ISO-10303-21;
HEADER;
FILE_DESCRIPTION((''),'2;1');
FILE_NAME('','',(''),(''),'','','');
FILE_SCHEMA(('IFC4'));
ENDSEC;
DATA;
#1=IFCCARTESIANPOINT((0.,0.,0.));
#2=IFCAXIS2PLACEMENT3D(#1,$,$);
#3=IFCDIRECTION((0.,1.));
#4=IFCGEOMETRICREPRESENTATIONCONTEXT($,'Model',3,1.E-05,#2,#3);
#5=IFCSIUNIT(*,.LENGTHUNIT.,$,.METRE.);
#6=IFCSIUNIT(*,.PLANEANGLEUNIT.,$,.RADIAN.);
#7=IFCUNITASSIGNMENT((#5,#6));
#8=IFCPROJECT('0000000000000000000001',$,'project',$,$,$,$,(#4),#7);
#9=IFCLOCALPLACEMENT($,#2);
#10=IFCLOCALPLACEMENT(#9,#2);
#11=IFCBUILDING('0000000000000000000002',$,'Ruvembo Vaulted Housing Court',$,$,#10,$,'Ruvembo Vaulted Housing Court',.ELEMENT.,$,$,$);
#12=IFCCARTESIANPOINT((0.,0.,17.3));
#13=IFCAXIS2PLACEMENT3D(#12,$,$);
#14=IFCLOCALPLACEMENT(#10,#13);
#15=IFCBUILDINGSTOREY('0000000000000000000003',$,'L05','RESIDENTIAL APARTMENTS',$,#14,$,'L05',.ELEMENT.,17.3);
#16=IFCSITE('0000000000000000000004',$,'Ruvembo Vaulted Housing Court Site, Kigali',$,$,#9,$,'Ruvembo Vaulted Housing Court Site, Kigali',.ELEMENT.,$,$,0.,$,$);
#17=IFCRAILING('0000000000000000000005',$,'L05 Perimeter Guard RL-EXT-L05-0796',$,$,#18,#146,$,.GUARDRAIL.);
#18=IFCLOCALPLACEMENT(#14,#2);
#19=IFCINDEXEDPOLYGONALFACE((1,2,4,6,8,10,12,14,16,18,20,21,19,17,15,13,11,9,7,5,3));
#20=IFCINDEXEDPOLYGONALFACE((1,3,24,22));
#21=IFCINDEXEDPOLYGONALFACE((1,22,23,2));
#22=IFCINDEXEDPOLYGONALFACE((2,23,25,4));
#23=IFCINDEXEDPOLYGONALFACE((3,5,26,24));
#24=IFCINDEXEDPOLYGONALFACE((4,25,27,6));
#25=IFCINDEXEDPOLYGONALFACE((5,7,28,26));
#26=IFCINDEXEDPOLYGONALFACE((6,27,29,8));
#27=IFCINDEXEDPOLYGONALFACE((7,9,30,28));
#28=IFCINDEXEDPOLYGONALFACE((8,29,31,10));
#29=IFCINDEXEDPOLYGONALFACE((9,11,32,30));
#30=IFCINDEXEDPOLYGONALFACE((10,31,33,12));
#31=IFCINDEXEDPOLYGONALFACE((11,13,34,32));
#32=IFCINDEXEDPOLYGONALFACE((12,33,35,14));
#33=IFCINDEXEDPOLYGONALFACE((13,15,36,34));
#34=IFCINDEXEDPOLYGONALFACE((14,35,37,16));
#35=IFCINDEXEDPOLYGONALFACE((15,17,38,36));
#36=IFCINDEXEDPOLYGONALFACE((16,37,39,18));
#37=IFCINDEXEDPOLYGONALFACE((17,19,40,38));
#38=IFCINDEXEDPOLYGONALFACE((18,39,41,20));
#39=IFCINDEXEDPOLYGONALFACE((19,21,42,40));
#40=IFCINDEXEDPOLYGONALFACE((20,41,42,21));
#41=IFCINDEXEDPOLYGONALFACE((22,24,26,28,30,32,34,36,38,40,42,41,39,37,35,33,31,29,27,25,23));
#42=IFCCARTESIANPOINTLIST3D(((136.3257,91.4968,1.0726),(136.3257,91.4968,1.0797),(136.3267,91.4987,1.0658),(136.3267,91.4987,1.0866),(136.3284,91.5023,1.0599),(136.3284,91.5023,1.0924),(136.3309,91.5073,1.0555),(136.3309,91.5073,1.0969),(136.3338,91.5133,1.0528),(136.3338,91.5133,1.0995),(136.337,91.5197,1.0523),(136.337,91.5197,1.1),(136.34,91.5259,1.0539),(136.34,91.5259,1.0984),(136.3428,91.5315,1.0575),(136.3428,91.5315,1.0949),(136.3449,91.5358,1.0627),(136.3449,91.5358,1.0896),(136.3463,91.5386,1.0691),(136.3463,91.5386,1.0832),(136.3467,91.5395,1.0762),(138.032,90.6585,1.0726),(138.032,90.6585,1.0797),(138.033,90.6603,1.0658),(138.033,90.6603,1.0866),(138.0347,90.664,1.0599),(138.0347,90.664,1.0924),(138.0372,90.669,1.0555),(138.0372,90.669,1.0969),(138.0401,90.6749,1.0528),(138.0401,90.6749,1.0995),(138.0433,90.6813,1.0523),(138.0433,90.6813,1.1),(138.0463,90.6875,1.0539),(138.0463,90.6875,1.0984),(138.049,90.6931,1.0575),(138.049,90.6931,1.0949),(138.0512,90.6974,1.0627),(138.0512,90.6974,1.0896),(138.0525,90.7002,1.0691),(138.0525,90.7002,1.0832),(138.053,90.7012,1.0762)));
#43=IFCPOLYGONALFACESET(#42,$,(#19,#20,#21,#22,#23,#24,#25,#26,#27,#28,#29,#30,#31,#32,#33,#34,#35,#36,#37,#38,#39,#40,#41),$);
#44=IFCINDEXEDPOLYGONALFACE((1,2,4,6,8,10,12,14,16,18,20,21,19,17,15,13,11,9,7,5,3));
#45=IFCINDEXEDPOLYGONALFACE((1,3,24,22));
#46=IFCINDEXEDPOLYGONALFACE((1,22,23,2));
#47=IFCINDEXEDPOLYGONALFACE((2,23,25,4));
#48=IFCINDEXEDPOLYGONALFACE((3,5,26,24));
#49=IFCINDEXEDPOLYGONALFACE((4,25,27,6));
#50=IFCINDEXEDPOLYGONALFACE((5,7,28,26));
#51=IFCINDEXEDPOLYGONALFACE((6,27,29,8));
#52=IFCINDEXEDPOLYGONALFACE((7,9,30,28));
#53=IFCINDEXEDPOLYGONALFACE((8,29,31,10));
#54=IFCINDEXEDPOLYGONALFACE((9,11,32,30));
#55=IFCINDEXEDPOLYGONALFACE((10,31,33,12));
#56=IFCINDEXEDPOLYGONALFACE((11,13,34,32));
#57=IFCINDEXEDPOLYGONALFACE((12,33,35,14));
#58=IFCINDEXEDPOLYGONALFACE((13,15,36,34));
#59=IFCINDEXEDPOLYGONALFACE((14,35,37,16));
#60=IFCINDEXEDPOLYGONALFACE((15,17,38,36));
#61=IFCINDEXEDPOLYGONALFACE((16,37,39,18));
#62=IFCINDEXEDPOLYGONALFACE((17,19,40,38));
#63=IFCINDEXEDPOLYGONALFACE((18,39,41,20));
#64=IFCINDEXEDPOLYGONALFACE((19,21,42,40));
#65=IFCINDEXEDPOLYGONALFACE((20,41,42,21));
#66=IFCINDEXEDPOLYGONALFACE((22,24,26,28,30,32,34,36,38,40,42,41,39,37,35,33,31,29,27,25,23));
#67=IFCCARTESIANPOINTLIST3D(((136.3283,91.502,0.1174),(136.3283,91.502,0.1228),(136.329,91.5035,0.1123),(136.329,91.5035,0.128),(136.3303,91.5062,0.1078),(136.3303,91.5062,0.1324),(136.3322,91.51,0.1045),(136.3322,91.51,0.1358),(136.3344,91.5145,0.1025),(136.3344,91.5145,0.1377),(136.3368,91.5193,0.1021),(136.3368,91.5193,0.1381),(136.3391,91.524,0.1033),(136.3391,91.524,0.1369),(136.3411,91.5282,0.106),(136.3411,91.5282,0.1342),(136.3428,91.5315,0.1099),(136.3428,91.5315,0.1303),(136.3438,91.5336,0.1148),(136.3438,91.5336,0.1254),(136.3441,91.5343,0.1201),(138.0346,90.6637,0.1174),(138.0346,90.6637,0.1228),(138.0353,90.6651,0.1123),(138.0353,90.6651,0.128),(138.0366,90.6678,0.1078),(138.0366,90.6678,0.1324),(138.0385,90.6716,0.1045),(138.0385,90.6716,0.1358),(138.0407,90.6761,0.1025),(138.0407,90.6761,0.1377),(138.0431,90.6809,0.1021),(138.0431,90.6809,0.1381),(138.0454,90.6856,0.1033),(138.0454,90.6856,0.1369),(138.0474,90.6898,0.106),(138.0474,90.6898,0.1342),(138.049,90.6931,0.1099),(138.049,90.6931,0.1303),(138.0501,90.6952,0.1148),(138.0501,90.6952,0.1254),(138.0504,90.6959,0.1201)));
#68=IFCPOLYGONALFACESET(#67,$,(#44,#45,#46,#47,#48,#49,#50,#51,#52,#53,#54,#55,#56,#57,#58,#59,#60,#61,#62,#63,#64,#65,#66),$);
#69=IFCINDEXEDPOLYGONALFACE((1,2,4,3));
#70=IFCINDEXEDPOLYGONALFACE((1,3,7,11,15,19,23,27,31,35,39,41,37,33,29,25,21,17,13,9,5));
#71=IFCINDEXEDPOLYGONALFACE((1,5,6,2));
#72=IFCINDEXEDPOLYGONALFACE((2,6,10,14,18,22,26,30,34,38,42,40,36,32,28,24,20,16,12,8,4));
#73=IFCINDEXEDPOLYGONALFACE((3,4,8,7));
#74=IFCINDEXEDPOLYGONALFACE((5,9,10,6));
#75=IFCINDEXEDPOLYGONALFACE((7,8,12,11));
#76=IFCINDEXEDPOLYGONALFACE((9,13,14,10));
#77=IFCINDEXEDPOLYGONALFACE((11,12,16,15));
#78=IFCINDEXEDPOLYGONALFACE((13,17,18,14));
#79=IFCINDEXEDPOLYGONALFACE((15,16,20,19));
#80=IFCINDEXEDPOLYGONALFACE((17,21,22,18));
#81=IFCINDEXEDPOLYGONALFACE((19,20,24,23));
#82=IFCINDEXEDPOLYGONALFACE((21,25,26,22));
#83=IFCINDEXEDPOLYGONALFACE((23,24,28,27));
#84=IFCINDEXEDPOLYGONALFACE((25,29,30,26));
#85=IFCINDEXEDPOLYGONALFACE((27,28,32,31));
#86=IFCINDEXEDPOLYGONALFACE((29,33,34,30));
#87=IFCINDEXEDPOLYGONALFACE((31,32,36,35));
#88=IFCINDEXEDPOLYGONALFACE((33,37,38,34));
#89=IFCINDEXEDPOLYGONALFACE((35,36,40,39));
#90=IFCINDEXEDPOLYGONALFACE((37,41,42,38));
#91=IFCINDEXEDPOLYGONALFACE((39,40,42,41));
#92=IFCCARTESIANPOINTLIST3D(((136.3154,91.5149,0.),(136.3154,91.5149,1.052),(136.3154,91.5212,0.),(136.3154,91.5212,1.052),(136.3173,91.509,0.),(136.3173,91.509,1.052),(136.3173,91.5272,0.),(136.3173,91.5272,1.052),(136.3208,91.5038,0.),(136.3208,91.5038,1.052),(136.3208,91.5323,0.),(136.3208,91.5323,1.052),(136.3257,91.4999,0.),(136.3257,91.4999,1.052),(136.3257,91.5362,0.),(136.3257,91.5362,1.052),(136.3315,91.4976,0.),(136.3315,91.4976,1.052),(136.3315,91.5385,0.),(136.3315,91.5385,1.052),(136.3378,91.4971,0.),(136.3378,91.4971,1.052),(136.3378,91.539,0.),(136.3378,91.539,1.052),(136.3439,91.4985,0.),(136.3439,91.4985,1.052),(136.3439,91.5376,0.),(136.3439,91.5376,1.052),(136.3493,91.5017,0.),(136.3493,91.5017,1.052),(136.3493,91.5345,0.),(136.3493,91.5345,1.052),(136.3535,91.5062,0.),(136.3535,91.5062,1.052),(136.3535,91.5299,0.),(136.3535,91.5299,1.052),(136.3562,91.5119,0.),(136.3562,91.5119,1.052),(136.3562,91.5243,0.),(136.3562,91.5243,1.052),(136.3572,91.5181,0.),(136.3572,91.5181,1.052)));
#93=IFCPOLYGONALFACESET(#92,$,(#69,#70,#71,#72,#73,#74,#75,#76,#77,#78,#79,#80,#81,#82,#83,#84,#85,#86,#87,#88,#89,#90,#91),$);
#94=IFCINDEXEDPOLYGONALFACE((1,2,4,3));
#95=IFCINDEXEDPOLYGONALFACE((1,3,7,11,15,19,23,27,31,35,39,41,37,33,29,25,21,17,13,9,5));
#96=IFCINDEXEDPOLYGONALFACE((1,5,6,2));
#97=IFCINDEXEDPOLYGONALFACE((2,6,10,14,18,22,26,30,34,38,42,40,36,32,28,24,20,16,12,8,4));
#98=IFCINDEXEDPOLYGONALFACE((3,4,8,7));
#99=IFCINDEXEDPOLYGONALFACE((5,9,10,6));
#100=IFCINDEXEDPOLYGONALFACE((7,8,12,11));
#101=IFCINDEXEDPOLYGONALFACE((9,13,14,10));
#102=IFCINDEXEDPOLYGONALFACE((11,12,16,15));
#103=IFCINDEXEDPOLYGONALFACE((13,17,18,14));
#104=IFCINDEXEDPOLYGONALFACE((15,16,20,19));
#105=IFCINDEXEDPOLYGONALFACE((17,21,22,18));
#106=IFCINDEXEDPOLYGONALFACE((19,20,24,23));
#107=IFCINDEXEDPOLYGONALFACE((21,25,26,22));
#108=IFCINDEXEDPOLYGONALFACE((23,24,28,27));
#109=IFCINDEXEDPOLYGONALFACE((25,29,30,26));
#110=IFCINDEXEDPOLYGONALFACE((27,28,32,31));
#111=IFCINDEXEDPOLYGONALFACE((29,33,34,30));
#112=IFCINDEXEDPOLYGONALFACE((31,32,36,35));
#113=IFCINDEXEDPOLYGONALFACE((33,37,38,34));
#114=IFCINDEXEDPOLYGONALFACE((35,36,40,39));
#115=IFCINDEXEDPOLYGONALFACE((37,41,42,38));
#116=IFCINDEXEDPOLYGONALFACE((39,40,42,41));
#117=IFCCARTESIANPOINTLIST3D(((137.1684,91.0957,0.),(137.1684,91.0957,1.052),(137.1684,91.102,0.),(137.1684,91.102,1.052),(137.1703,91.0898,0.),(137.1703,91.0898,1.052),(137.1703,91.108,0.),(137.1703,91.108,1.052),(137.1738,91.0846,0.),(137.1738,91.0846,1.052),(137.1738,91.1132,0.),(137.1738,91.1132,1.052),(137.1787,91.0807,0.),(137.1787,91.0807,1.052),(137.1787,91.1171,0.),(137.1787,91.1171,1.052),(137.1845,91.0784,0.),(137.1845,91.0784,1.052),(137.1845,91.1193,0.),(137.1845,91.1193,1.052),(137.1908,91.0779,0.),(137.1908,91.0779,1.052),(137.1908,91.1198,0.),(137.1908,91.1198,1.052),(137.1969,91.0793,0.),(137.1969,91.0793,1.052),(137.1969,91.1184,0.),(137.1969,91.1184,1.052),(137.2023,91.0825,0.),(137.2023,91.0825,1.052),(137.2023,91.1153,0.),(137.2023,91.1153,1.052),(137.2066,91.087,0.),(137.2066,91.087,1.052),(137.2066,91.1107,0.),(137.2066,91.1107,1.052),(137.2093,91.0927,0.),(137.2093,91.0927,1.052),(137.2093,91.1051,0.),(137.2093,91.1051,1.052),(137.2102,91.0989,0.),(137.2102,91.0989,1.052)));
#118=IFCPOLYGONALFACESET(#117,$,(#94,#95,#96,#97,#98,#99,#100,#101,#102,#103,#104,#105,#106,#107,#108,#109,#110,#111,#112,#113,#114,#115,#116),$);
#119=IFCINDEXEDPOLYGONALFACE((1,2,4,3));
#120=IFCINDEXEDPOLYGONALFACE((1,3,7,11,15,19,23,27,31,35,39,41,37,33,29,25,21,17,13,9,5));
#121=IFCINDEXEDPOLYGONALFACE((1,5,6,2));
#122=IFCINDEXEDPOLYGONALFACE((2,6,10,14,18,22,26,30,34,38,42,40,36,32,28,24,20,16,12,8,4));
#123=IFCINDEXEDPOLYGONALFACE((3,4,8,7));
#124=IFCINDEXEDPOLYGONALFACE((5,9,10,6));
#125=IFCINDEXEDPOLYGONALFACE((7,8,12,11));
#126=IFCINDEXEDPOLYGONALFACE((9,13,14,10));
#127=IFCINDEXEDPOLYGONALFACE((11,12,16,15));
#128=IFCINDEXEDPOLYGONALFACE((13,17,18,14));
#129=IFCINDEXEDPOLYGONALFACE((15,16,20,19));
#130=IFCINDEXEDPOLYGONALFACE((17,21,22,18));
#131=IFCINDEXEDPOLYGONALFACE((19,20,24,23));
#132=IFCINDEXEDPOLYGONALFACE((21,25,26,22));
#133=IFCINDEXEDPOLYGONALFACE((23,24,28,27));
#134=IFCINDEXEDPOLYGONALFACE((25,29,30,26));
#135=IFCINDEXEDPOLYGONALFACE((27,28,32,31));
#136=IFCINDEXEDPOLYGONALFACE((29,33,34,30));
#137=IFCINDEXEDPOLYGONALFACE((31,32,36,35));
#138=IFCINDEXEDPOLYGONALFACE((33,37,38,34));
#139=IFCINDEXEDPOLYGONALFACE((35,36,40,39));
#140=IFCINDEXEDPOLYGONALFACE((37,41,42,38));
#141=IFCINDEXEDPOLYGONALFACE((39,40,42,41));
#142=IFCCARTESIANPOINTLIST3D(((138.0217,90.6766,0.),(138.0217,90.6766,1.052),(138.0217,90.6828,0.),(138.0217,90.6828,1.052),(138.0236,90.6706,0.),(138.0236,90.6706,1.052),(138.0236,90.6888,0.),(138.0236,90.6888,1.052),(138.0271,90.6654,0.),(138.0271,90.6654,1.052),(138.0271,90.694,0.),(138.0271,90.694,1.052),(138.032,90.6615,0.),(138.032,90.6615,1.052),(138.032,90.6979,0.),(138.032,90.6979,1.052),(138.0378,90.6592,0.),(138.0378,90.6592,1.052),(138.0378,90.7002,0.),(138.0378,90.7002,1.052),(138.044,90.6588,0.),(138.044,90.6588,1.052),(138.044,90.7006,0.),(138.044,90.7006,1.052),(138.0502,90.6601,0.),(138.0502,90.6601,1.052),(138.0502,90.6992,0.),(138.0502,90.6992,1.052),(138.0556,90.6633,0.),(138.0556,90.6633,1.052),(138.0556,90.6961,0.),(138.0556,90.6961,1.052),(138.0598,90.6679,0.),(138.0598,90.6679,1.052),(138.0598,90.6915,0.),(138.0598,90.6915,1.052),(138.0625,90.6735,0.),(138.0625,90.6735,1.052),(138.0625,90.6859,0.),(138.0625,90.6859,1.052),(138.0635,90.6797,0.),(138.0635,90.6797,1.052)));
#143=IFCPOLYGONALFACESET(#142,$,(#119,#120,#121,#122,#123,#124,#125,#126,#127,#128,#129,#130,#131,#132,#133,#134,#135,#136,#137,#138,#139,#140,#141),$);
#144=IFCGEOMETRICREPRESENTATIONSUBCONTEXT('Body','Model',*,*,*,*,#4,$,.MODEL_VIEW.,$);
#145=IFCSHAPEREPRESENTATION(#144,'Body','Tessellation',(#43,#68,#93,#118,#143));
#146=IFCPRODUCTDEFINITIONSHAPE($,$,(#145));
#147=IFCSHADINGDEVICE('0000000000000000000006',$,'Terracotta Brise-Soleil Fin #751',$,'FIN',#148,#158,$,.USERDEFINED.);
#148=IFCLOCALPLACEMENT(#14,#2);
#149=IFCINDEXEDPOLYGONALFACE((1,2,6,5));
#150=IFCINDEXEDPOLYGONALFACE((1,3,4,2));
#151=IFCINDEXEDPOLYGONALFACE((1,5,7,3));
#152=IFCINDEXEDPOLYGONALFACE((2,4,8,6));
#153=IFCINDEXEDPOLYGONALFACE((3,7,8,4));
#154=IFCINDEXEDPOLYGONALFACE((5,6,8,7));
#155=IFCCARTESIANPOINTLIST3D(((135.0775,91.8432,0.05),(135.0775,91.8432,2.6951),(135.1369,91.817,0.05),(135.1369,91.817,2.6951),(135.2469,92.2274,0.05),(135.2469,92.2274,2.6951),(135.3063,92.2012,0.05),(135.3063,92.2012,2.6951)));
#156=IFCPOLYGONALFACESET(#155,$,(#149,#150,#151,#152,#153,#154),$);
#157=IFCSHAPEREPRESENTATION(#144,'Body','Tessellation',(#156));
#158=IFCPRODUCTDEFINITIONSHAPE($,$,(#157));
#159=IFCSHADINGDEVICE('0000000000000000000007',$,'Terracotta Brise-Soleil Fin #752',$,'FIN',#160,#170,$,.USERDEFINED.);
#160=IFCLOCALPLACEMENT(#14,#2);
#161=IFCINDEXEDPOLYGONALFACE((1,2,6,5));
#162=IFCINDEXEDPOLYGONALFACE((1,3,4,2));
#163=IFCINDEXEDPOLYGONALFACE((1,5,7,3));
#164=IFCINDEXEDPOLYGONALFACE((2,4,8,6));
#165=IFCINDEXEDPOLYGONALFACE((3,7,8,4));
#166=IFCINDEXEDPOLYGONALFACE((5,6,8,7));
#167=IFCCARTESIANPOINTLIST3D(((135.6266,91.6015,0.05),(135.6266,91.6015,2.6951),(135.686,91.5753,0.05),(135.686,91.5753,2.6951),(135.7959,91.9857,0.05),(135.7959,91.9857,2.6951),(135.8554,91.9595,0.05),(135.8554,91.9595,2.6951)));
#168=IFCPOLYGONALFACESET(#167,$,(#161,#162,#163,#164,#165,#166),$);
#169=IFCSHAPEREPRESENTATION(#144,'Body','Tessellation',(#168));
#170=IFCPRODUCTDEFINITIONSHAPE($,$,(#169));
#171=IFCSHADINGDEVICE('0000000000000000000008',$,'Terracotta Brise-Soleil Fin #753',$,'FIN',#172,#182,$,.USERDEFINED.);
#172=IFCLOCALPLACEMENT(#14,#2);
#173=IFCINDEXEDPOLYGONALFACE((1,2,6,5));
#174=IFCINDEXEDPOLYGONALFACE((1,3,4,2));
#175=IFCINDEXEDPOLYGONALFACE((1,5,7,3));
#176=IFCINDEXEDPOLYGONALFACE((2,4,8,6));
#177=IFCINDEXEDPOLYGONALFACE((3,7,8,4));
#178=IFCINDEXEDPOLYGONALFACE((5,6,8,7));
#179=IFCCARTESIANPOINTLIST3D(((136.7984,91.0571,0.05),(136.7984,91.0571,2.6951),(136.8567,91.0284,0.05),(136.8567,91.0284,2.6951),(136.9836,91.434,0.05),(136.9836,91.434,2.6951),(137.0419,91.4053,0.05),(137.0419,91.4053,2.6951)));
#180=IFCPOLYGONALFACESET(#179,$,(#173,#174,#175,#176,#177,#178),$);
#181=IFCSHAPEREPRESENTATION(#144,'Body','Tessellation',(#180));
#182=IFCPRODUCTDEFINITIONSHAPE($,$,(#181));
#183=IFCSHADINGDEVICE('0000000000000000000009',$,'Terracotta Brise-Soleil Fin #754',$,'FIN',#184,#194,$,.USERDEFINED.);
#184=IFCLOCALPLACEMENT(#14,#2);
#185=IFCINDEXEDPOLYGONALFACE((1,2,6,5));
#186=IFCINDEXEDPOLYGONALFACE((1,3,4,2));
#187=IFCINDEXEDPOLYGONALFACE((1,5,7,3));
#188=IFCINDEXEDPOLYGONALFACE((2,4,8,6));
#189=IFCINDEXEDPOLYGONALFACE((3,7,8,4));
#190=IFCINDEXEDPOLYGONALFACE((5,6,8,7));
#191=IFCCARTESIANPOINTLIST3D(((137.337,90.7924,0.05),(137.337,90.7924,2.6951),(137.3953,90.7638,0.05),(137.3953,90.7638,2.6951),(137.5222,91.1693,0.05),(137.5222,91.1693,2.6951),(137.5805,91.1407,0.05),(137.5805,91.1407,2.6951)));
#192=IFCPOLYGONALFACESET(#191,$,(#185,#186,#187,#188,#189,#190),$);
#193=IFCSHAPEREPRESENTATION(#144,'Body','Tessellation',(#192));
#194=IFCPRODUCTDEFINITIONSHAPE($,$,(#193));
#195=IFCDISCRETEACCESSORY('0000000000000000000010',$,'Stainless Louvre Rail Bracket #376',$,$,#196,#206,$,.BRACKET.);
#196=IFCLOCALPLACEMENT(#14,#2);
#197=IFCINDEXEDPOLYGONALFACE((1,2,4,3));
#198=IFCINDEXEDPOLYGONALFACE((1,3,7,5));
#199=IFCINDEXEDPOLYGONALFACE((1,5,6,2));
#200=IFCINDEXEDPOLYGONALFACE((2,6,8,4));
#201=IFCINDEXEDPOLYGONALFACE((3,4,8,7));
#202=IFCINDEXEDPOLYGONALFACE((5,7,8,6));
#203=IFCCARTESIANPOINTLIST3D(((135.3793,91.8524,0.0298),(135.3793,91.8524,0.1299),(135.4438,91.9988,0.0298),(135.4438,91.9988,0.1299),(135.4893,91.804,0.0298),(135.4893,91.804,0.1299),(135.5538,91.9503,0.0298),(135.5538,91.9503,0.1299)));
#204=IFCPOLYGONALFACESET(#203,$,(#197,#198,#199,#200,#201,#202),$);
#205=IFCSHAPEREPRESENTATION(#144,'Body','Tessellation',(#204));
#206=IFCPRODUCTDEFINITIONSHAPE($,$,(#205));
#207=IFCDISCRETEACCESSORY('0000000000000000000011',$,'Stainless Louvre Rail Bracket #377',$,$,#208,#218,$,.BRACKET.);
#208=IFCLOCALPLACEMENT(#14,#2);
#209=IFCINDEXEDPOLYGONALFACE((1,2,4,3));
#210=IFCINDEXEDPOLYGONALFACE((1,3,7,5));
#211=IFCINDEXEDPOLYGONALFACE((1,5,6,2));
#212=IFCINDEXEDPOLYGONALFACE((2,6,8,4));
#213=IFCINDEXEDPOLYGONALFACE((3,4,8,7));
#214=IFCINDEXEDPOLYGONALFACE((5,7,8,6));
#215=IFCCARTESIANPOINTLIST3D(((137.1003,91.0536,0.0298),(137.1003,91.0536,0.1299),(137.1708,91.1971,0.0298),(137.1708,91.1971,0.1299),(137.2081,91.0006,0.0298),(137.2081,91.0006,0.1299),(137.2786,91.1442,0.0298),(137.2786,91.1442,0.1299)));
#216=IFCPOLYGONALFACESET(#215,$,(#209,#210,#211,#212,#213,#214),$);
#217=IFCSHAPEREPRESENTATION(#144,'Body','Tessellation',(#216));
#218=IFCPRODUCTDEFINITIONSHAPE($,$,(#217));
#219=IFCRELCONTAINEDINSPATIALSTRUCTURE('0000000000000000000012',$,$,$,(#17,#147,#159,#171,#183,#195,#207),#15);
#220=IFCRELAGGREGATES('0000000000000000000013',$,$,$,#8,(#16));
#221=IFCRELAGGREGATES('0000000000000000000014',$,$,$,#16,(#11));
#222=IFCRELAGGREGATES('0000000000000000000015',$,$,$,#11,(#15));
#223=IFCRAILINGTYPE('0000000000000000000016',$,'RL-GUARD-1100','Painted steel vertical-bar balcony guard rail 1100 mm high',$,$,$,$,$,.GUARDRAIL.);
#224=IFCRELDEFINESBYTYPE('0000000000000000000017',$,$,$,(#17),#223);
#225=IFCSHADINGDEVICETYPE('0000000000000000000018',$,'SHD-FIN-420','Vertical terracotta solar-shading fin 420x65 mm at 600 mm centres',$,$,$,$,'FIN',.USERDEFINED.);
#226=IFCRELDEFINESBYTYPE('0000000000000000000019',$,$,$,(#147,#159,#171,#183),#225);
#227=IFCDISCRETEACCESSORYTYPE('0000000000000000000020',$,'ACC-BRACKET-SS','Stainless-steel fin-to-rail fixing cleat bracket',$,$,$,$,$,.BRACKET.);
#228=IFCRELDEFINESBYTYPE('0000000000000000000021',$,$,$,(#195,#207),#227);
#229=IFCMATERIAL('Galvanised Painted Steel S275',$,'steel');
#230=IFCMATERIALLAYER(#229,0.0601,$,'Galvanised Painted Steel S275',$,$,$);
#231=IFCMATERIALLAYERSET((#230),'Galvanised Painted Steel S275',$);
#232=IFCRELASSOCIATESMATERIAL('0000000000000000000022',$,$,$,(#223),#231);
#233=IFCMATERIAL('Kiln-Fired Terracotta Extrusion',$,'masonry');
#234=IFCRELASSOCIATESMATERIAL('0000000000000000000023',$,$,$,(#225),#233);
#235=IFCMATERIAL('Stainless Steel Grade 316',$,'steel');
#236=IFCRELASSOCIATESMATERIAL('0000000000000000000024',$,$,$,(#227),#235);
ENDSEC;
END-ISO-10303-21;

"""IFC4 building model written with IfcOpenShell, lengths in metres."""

from ifc_helpers import new_model, si_unit, direction, frame, origin, origin_2d, place, context, subcontext, project, spatial, rectangle, circle, extrude, material, layer, layer_set, type_object, element, save


model = new_model("IFC4")

# Units and contexts
model_context = context("Model", 3, precision=1e-05, world=origin(), true_north=direction((0.0, 1.0)))
body_context = subcontext(model_context, "Body", "Model", "MODEL_VIEW")
ifc_project = project(units=[si_unit("LENGTHUNIT", "METRE"), si_unit("PLANEANGLEUNIT", "RADIAN")], contexts=[model_context])

# Site, building, storey
site_placement = place(None, origin())
site = spatial("IfcSite", under=ifc_project, at=site_placement, Name="Ruvembo Vaulted Housing Court Site, Kigali", LongName="Ruvembo Vaulted Housing Court Site, Kigali", CompositionType="ELEMENT", RefElevation=0.0)
building_placement = place(site_placement, origin())
building = spatial("IfcBuilding", under=site, at=building_placement, Name="Ruvembo Vaulted Housing Court", LongName="Ruvembo Vaulted Housing Court", CompositionType="ELEMENT")
storey_placement = place(building_placement, frame((0.0, 0.0, 17.3)))
storey = spatial("IfcBuildingStorey", under=building, at=storey_placement, Name="L05", Description="RESIDENTIAL APARTMENTS", LongName="L05", CompositionType="ELEMENT", Elevation=17.3)

# Railing
ifc_material_1 = material(Name="Galvanised Painted Steel S275", Category="steel")
ifc_layer_1 = layer(ifc_material_1, 0.0601, Name="Galvanised Painted Steel S275")
ifc_layer_set_1 = layer_set([ifc_layer_1], Name="Galvanised Painted Steel S275")
railing_type = type_object("IfcRailingType", Name="RL-GUARD-1100", Description="Painted steel vertical-bar balcony guard rail 1100 mm high", PredefinedType="GUARDRAIL", material=ifc_layer_set_1)
railing_1_placement = place(storey_placement, frame((136.3362, 91.5181, 0.0)))
element("IfcRailing", 1, at=railing_1_placement, inside=storey, type_object=railing_type, Name="L05 Perimeter Guard RL-EXT-L05-0796", PredefinedType="GUARDRAIL", context=body_context, shape_type="SweptSolid", body=[
    extrude(circle(Radius=0.0239, at=origin_2d()), frame((0.0, 0.0, 1.0762), z_axis=(0.897513, -0.440987, 0.0), x_axis=(0.440987, 0.897513, 0.0)), (0.0, 0.0, 1.0), 1.9011),
    extrude(circle(Radius=0.0181, at=origin_2d()), frame((0.0, 0.0, 0.1201), z_axis=(0.897513, -0.440987, 0.0), x_axis=(0.440987, 0.897513, 0.0)), (0.0, 0.0, 1.0), 1.9011),
    extrude(circle(Radius=0.021, at=origin_2d()), origin(), (0.0, 0.0, 1.0), 1.052),
    extrude(circle(Radius=0.021, at=origin_2d()), frame((0.853, -0.4192, 0.0)), (0.0, 0.0, 1.0), 1.052),
    extrude(circle(Radius=0.021, at=origin_2d()), frame((1.7063, -0.8384, 0.0)), (0.0, 0.0, 1.0), 1.052),
])

# Shading devices
ifc_material_2 = material(Name="Kiln-Fired Terracotta Extrusion", Category="masonry")
shading_device_type = type_object("IfcShadingDeviceType", Name="SHD-FIN-420", Description="Vertical terracotta solar-shading fin 420x65 mm at 600 mm centres", ElementType="FIN", PredefinedType="USERDEFINED", material=ifc_material_2)
for number, where, z_axis, x_axis, name in (
    (2, (135.1919, 92.0222, 0.05), (0.0, 0.0, 1.0), (-0.403306, -0.915065, 0.0), "Terracotta Brise-Soleil Fin #751"),
    (3, (135.741, 91.7805, 0.05), (0.0, 0.0, 1.0), (-0.403306, -0.915065, 0.0), "Terracotta Brise-Soleil Fin #752"),
    (4, (136.9202, 91.2312, 0.05), (0.0, 0.0, 1.0), (-0.440911, -0.897551, 0.0), "Terracotta Brise-Soleil Fin #753"),
    (5, (137.4587, 90.9666, 0.05), (0.0, 0.0, 1.0), (-0.440911, -0.897551, 0.0), "Terracotta Brise-Soleil Fin #754"),
):
    element("IfcShadingDevice", number, at=place(storey_placement, frame(where, z_axis=z_axis, x_axis=x_axis)), inside=storey, type_object=shading_device_type, Name=name, ObjectType="FIN", PredefinedType="USERDEFINED", context=body_context, shape_type="SweptSolid", body=[
        extrude(rectangle(XDim=0.4199, YDim=0.0649, at=origin_2d()), origin(), (0.0, 0.0, 1.0), 2.645),
    ])

# Discrete accessories
ifc_material_3 = material(Name="Stainless Steel Grade 316", Category="steel")
discrete_accessory_type = type_object("IfcDiscreteAccessoryType", Name="ACC-BRACKET-SS", Description="Stainless-steel fin-to-rail fixing cleat bracket", PredefinedType="BRACKET", material=ifc_material_3)
for number, where, z_axis, x_axis, name in (
    (6, (135.4666, 91.9014, 0.0298), (0.0, 0.0, 1.0), (-0.403306, -0.915065, 0.0), "Stainless Louvre Rail Bracket #376"),
    (7, (137.1895, 91.0989, 0.0298), (0.0, 0.0, 1.0), (-0.440911, -0.897551, 0.0), "Stainless Louvre Rail Bracket #377"),
):
    element("IfcDiscreteAccessory", number, at=place(storey_placement, frame(where, z_axis=z_axis, x_axis=x_axis)), inside=storey, type_object=discrete_accessory_type, Name=name, PredefinedType="BRACKET", context=body_context, shape_type="SweptSolid", body=[
        extrude(rectangle(XDim=0.1599, YDim=0.1201, at=origin_2d()), origin(), (0.0, 0.0, 1.0), 0.1001),
    ])

save(model, "model.ifc")
